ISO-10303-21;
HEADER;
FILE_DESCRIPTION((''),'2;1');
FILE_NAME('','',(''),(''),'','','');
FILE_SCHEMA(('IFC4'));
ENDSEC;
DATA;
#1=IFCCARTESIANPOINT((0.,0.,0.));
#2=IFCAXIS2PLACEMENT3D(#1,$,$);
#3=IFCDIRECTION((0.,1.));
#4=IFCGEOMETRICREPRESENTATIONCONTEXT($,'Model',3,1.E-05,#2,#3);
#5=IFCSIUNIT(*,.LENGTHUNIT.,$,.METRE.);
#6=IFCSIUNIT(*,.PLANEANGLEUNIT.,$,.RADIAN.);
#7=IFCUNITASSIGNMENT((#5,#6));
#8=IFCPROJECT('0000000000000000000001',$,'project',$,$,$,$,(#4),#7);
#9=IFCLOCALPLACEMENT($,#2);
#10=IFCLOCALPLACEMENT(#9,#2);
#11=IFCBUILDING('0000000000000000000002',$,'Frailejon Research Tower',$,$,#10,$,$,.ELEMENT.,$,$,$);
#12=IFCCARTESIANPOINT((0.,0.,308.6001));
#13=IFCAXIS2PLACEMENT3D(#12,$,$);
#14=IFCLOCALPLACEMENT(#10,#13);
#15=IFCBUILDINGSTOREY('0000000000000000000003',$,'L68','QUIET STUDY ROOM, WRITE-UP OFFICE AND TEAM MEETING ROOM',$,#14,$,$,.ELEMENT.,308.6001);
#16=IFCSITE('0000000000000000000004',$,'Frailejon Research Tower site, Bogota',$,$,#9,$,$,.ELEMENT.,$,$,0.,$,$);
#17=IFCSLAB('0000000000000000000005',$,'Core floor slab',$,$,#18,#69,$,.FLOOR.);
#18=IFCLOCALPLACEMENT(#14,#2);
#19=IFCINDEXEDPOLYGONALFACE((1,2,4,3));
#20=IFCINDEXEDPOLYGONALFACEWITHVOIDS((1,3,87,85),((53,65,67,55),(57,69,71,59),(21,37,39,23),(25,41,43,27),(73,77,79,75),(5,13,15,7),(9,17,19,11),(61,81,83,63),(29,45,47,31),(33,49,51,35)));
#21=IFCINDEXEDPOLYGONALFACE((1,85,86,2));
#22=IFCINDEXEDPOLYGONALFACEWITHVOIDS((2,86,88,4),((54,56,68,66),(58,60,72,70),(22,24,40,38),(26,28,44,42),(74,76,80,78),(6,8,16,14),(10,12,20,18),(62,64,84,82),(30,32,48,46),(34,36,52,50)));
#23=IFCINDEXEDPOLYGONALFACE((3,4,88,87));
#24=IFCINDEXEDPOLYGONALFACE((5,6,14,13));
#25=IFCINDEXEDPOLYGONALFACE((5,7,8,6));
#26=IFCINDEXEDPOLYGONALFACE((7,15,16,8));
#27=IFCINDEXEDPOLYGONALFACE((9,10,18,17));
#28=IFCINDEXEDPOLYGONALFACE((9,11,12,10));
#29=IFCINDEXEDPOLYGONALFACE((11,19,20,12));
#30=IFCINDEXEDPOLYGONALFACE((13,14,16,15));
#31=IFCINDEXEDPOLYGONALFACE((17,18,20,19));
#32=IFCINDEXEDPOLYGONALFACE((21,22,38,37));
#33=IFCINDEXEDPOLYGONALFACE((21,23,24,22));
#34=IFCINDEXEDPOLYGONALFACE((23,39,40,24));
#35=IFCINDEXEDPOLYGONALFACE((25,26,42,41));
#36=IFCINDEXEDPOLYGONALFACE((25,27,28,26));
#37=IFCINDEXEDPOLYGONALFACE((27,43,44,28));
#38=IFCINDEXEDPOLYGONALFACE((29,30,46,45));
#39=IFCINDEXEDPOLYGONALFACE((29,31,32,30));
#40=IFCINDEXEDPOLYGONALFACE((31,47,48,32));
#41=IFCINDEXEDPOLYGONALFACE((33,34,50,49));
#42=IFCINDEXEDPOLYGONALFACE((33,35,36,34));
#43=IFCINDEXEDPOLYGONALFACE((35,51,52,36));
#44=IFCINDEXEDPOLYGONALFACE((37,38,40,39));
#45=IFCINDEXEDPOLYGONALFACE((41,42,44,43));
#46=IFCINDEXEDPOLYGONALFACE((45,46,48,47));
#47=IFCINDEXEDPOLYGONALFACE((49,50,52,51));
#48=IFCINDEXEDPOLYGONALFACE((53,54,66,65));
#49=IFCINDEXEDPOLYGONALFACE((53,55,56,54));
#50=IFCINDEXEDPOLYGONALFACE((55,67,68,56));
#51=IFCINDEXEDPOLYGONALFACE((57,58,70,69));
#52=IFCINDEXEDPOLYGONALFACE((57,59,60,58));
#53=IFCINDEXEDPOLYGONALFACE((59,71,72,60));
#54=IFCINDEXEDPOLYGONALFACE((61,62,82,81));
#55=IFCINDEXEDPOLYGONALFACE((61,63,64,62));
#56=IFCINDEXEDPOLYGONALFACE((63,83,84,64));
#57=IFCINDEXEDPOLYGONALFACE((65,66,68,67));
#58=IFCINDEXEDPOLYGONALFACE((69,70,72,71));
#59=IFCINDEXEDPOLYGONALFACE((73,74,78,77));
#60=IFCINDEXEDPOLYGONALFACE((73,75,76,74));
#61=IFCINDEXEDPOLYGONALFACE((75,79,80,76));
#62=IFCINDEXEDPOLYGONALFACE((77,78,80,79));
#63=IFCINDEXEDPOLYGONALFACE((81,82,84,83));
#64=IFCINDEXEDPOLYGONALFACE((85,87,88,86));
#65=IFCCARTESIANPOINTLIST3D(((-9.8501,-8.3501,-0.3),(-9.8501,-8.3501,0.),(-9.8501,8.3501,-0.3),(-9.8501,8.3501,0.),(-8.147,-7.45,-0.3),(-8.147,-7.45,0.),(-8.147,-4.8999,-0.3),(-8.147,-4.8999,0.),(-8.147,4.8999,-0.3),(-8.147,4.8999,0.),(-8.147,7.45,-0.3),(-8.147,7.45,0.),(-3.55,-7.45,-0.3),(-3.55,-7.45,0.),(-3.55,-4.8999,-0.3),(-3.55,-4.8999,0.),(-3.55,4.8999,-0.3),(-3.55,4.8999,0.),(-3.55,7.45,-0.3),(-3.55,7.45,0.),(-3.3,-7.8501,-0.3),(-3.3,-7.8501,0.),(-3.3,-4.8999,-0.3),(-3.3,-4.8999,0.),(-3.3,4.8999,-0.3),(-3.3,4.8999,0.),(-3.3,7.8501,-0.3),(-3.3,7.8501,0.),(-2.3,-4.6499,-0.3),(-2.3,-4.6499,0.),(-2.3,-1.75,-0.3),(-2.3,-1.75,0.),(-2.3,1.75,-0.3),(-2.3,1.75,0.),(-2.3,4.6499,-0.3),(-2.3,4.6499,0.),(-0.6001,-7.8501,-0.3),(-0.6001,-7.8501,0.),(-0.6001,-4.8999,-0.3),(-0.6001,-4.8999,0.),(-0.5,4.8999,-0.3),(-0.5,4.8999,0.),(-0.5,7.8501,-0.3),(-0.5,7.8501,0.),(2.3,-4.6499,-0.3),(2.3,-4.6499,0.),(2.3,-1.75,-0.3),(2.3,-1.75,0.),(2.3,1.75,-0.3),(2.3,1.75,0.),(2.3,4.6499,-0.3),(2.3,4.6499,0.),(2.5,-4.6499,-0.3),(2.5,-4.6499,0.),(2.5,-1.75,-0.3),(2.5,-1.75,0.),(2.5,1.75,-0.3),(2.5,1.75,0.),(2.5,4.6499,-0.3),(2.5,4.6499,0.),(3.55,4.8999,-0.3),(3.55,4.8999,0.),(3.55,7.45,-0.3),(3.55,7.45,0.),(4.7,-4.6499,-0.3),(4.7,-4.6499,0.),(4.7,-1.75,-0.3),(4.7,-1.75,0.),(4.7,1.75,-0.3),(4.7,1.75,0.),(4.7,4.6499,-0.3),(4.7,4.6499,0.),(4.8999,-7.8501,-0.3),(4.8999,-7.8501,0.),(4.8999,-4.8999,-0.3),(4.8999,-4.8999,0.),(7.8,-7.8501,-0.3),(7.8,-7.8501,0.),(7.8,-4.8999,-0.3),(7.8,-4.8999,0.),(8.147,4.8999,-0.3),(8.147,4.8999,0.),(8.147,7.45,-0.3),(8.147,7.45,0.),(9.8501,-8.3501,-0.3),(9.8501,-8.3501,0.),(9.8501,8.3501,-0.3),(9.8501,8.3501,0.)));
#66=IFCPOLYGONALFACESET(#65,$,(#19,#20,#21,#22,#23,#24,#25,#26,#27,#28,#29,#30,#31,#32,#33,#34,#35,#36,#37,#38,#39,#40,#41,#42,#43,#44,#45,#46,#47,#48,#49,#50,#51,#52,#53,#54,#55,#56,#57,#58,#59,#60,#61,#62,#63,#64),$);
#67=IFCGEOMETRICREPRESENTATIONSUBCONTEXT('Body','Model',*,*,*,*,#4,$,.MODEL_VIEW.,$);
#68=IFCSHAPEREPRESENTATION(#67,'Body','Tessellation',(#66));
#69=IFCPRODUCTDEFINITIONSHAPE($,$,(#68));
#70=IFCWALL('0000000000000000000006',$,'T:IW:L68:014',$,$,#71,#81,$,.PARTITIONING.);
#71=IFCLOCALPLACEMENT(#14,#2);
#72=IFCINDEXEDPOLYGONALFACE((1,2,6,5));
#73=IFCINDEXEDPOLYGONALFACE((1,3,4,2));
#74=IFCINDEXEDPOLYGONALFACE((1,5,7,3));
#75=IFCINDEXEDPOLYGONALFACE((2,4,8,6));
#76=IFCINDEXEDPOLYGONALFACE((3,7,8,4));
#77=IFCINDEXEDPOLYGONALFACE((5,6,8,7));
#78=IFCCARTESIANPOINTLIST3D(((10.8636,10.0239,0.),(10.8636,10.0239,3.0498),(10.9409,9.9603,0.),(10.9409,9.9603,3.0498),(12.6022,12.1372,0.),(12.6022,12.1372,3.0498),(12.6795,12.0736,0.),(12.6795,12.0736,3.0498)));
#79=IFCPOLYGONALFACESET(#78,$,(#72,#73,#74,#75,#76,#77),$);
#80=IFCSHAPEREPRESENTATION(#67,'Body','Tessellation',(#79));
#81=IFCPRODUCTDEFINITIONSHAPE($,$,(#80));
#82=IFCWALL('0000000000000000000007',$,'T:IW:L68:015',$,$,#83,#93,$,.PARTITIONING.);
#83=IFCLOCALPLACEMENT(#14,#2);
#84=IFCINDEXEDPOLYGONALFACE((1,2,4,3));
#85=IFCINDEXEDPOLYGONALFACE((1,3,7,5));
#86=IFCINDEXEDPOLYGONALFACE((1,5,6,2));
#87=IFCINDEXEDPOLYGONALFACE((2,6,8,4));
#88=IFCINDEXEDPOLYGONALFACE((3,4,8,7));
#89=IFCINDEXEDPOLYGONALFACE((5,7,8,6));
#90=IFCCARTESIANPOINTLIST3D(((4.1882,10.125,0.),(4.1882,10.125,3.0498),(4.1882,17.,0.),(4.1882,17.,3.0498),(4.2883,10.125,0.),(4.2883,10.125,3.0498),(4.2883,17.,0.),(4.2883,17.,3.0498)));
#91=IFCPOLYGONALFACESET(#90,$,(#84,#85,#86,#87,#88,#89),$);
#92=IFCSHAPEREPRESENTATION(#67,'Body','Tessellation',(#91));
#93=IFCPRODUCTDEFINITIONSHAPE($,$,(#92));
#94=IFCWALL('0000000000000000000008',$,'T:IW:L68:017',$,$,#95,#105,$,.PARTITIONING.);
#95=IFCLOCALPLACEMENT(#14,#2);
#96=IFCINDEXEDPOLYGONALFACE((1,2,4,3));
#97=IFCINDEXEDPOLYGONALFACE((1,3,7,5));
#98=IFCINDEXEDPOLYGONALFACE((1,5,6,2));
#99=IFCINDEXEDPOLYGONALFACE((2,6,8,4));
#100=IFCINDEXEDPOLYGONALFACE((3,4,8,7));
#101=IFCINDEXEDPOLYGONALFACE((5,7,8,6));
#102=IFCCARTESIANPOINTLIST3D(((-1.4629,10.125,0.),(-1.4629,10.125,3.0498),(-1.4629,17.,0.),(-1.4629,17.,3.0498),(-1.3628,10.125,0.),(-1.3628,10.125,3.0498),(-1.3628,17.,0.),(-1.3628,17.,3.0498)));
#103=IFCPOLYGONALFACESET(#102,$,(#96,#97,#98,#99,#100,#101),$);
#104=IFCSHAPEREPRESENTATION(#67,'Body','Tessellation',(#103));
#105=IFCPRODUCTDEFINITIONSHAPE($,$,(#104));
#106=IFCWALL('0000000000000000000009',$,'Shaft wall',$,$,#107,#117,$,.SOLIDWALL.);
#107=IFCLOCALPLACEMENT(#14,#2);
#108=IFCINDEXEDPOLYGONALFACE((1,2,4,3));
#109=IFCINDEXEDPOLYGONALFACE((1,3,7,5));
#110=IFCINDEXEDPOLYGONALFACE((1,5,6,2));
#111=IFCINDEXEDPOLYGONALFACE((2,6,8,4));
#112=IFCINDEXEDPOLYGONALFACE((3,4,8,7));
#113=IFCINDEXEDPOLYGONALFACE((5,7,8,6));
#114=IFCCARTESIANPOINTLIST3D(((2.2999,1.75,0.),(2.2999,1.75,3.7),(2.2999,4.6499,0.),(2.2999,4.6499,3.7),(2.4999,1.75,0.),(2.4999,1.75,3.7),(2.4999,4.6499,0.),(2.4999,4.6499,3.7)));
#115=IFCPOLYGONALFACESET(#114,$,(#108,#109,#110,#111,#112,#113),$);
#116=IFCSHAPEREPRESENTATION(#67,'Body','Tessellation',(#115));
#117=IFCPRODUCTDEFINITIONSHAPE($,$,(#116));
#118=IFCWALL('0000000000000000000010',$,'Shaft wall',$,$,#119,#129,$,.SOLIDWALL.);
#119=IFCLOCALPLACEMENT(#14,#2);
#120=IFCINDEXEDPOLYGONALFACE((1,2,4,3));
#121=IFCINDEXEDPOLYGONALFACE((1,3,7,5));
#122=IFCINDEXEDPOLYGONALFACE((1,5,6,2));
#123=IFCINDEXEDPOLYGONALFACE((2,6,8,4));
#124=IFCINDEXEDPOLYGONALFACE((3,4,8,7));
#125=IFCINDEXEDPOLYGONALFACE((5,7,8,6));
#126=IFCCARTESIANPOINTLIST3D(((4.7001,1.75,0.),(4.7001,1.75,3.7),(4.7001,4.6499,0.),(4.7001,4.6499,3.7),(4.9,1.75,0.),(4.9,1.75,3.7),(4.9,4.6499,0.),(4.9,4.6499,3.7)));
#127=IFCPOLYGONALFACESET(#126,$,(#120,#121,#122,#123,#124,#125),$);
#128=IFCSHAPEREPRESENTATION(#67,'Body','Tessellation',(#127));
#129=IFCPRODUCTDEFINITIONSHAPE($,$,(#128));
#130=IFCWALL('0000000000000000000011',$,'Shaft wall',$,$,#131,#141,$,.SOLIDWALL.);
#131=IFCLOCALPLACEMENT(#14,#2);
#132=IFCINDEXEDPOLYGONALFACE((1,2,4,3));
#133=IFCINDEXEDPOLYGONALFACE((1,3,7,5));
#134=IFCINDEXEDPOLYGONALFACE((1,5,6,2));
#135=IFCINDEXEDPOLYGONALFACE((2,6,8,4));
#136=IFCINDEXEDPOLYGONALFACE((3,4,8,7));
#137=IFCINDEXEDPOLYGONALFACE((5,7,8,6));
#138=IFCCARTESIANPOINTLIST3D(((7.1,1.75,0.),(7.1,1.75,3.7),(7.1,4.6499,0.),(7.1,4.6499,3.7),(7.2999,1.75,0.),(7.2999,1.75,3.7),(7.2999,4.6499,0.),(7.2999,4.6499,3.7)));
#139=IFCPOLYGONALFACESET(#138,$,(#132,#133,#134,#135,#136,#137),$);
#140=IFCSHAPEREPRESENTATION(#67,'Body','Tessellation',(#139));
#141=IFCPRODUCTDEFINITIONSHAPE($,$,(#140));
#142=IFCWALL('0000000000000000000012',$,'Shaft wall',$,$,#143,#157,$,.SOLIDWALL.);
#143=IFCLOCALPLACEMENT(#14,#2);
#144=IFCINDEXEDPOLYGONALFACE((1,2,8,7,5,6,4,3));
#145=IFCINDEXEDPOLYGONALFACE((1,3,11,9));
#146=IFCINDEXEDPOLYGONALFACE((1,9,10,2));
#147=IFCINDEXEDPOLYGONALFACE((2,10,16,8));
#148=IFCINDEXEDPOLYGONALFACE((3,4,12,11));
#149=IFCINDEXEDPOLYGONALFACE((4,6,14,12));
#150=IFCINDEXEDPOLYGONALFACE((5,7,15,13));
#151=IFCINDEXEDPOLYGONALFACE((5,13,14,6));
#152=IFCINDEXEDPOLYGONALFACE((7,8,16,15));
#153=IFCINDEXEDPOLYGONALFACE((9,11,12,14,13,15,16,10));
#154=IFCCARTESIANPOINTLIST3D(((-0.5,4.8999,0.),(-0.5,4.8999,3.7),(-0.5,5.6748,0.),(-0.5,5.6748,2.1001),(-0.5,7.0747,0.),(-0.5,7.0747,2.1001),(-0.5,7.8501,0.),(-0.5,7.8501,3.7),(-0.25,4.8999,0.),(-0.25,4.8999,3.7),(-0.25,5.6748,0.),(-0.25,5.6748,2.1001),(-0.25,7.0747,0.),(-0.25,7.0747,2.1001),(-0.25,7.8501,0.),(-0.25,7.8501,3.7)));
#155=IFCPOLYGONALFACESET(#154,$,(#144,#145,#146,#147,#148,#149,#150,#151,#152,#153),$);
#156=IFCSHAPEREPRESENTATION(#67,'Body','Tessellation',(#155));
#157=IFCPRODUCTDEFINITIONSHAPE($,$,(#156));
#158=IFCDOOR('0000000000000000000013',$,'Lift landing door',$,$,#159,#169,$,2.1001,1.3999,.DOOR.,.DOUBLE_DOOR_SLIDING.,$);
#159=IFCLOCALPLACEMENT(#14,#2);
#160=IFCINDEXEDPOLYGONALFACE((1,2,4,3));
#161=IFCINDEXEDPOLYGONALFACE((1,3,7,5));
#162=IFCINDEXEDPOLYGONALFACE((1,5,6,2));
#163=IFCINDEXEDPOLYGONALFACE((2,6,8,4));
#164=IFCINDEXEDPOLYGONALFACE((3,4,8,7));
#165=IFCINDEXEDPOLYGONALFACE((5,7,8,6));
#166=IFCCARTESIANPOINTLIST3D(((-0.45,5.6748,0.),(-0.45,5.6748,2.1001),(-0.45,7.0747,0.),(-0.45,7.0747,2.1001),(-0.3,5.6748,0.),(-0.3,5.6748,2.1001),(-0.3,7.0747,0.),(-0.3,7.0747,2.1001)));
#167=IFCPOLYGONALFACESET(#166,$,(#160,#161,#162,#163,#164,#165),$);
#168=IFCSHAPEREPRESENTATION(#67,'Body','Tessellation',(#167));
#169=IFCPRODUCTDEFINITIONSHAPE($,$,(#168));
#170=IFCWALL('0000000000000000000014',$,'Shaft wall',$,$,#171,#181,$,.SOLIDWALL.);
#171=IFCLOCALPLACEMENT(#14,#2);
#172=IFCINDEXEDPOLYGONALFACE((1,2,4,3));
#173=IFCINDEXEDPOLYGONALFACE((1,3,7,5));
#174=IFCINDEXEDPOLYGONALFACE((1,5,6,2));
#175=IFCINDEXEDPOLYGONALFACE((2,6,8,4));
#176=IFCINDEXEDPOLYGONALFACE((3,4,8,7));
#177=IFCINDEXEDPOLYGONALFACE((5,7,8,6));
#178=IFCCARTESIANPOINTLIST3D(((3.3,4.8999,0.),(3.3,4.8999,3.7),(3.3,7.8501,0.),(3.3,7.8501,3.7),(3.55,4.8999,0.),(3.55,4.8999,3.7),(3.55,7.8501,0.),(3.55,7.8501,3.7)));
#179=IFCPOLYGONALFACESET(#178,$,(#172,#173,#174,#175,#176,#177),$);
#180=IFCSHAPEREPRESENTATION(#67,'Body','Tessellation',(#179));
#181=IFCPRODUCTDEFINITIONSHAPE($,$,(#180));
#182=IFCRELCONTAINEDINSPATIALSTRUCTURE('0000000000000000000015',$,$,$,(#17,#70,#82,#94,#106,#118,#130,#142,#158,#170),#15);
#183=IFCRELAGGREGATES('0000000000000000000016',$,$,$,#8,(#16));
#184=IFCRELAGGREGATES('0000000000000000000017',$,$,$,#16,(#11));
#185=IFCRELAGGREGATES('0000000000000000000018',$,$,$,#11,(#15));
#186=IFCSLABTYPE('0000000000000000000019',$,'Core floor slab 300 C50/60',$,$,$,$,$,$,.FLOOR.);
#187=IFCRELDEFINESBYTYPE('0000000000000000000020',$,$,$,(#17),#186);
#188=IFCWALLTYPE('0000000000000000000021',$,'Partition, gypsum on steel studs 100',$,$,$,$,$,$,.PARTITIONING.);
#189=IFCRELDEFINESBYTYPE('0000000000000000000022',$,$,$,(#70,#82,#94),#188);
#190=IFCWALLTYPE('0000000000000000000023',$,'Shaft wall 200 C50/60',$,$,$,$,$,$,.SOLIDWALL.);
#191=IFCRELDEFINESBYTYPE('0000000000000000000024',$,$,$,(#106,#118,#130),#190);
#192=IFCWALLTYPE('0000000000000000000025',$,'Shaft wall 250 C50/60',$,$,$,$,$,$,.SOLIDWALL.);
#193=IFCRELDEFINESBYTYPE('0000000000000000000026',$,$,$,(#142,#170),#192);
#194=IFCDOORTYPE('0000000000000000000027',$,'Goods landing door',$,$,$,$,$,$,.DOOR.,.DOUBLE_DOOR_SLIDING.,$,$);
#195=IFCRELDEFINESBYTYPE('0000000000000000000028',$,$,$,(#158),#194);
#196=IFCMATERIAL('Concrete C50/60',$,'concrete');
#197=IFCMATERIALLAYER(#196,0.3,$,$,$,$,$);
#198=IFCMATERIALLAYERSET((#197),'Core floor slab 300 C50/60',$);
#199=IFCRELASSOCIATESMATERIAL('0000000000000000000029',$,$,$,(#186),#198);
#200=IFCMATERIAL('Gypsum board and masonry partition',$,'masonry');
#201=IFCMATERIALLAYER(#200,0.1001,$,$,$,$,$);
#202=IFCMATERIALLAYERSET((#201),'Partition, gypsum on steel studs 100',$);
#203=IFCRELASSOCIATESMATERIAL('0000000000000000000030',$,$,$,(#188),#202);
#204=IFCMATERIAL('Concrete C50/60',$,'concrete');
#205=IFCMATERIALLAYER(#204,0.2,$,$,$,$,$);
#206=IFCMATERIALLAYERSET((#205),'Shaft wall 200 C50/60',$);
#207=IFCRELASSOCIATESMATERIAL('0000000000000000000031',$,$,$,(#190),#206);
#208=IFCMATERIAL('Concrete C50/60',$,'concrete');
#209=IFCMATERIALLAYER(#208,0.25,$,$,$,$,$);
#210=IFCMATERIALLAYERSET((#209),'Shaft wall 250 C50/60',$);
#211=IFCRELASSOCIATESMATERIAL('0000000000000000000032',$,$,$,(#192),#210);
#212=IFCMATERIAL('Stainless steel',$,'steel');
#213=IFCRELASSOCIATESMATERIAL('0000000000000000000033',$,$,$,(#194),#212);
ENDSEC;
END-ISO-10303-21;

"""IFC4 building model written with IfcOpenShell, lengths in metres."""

from ifc_helpers import new_model, si_unit, direction, frame, frame_2d, origin, place, context, subcontext, project, spatial, polyline, rectangle, outline, extrude, material, layer, layer_set, type_object, element, fill, save


model = new_model("IFC4")

# Units and contexts
model_context = context("Model", 3, precision=1e-05, world=origin(), true_north=direction((0.0, 1.0)))
body_context = subcontext(model_context, "Body", "Model", "MODEL_VIEW")
ifc_project = project(units=[si_unit("LENGTHUNIT", "METRE"), si_unit("PLANEANGLEUNIT", "RADIAN")], contexts=[model_context])

# Site, building, storey
site_placement = place(None, origin())
site = spatial("IfcSite", under=ifc_project, at=site_placement, Name="Frailejon Research Tower site, Bogota", CompositionType="ELEMENT", RefElevation=0.0)
building_placement = place(site_placement, origin())
building = spatial("IfcBuilding", under=site, at=building_placement, Name="Frailejon Research Tower", CompositionType="ELEMENT")
storey_placement = place(building_placement, frame((0.0, 0.0, 308.6001)))
storey = spatial("IfcBuildingStorey", under=building, at=storey_placement, Name="L68", Description="QUIET STUDY ROOM, WRITE-UP OFFICE AND TEAM MEETING ROOM", CompositionType="ELEMENT", Elevation=308.6001)

# Slab
ifc_material_1 = material(Name="Concrete C50/60", Category="concrete")
ifc_layer_1 = layer(ifc_material_1, 0.3)
ifc_layer_set_1 = layer_set([ifc_layer_1], Name="Core floor slab 300 C50/60")
slab_type = type_object("IfcSlabType", Name="Core floor slab 300 C50/60", PredefinedType="FLOOR", material=ifc_layer_set_1)
slab_placement = place(storey_placement, frame((0.0, 0.0, -0.3)))
element("IfcSlab", 1, at=slab_placement, inside=storey, type_object=slab_type, Name="Core floor slab", PredefinedType="FLOOR", context=body_context, shape_type="SweptSolid", body=[
    extrude(outline(polyline([(9.8501, -8.3501), (9.8501, 8.3501), (-9.8501, 8.3501), (-9.8501, -8.3501), (9.8501, -8.3501)]), holes=[polyline([(2.3, 1.75), (2.3, 4.6499), (-2.3, 4.6499), (-2.3, 1.75), (2.3, 1.75)]), polyline([(4.7, 1.75), (4.7, 4.6499), (2.5, 4.6499), (2.5, 1.75), (4.7, 1.75)]), polyline([(2.3, -4.6499), (2.3, -1.75), (-2.3, -1.75), (-2.3, -4.6499), (2.3, -4.6499)]), polyline([(4.7, -4.6499), (4.7, -1.75), (2.5, -1.75), (2.5, -4.6499), (4.7, -4.6499)]), polyline([(-8.147, 4.8999), (-3.55, 4.8999), (-3.55, 7.45), (-8.147, 7.45), (-8.147, 4.8999)]), polyline([(-8.147, -7.45), (-3.55, -7.45), (-3.55, -4.8999), (-8.147, -4.8999), (-8.147, -7.45)]), polyline([(8.147, 7.45), (3.55, 7.45), (3.55, 4.8999), (8.147, 4.8999), (8.147, 7.45)]), polyline([(-0.6001, -7.8501), (-0.6001, -4.8999), (-3.3, -4.8999), (-3.3, -7.8501), (-0.6001, -7.8501)]), polyline([(7.8, -7.8501), (7.8, -4.8999), (4.8999, -4.8999), (4.8999, -7.8501), (7.8, -7.8501)]), polyline([(-0.5, 4.8999), (-0.5, 7.8501), (-3.3, 7.8501), (-3.3, 4.8999), (-0.5, 4.8999)])]), origin(), (0.0, 0.0, 1.0), 0.3),
])

# Walls
ifc_material_2 = material(Name="Gypsum board and masonry partition", Category="masonry")
ifc_layer_2 = layer(ifc_material_2, 0.1001)
ifc_layer_set_2 = layer_set([ifc_layer_2], Name="Partition, gypsum on steel studs 100")
wall_type_1 = type_object("IfcWallType", Name="Partition, gypsum on steel studs 100", PredefinedType="PARTITIONING", material=ifc_layer_set_2)
wall_1_placement = place(storey_placement, frame((10.9023, 9.9922, 0.0), z_axis=(0.0, 0.0, 1.0), x_axis=(0.63531, 0.772257, 0.0)))
element("IfcWall", 2, at=wall_1_placement, inside=storey, type_object=wall_type_1, Name="T:IW:L68:014", PredefinedType="PARTITIONING", context=body_context, shape_type="SweptSolid", body=[
    extrude(rectangle(XDim=2.7366, YDim=0.1001, at=frame_2d((1.3682, 0.0))), origin(), (0.0, 0.0, 1.0), 3.0498),
])
for number, where, z_axis, x_axis, name in (
    (3, (4.2383, 10.125, 0.0), (0.0, 0.0, 1.0), (0.0, 1.0, 0.0), "T:IW:L68:015"),
    (4, (-1.4128, 10.125, 0.0), (0.0, 0.0, 1.0), (0.0, 1.0, 0.0), "T:IW:L68:017"),
):
    element("IfcWall", number, at=place(storey_placement, frame(where, z_axis=z_axis, x_axis=x_axis)), inside=storey, type_object=wall_type_1, Name=name, PredefinedType="PARTITIONING", context=body_context, shape_type="SweptSolid", body=[
        extrude(rectangle(XDim=6.875, YDim=0.1001, at=frame_2d((3.4375, 0.0))), origin(), (0.0, 0.0, 1.0), 3.0498),
    ])
ifc_material_3 = material(Name="Concrete C50/60", Category="concrete")
ifc_layer_3 = layer(ifc_material_3, 0.2)
ifc_layer_set_3 = layer_set([ifc_layer_3], Name="Shaft wall 200 C50/60")
wall_type_2 = type_object("IfcWallType", Name="Shaft wall 200 C50/60", PredefinedType="SOLIDWALL", material=ifc_layer_set_3)
for number, where, z_axis, x_axis, name in (
    (5, (2.3999, 1.75, 0.0), (0.0, 0.0, 1.0), (0.0, 1.0, 0.0), "Shaft wall"),
    (6, (4.8, 1.75, 0.0), (0.0, 0.0, 1.0), (0.0, 1.0, 0.0), "Shaft wall"),
    (7, (7.2, 1.75, 0.0), (0.0, 0.0, 1.0), (0.0, 1.0, 0.0), "Shaft wall"),
):
    element("IfcWall", number, at=place(storey_placement, frame(where, z_axis=z_axis, x_axis=x_axis)), inside=storey, type_object=wall_type_2, Name=name, PredefinedType="SOLIDWALL", context=body_context, shape_type="SweptSolid", body=[
        extrude(rectangle(XDim=2.8999, YDim=0.2, at=frame_2d((1.45, 0.0))), origin(), (0.0, 0.0, 1.0), 3.7),
    ])

# Wall, opening, door
ifc_material_4 = material(Name="Concrete C50/60", Category="concrete")
ifc_layer_4 = layer(ifc_material_4, 0.25)
ifc_layer_set_4 = layer_set([ifc_layer_4], Name="Shaft wall 250 C50/60")
wall_type_3 = type_object("IfcWallType", Name="Shaft wall 250 C50/60", PredefinedType="SOLIDWALL", material=ifc_layer_set_4)
wall_2_placement = place(storey_placement, frame((-0.375, 4.8999, 0.0), z_axis=(0.0, 0.0, 1.0), x_axis=(0.0, 1.0, 0.0)))
wall_2 = element("IfcWall", 8, at=wall_2_placement, inside=storey, type_object=wall_type_3, Name="Shaft wall", PredefinedType="SOLIDWALL", context=body_context, shape_type="SweptSolid", body=[
    extrude(rectangle(XDim=2.9502, YDim=0.25, at=frame_2d((1.4751, 0.0))), origin(), (0.0, 0.0, 1.0), 3.7),
])
opening_placement = place(wall_2_placement, frame((0.7749, 0.0, 0.0)))
opening = element("IfcOpeningElement", 9, at=opening_placement, cuts=wall_2, PredefinedType="OPENING", context=body_context, shape_type="SweptSolid", body=[
    extrude(rectangle(XDim=1.3999, YDim=2.1001, at=frame_2d((0.7, 1.05))), frame((0.0, 0.135, 0.0), z_axis=(0.0, -1.0, 0.0), x_axis=(1.0, 0.0, 0.0)), (0.0, 0.0, 1.0), 0.27),
])
ifc_material_5 = material(Name="Stainless steel", Category="steel")
door_type = type_object("IfcDoorType", Name="Goods landing door", OperationType="DOUBLE_DOOR_SLIDING", PredefinedType="DOOR", material=ifc_material_5)
door_placement = place(opening_placement, origin())
door = element("IfcDoor", 10, at=door_placement, inside=storey, type_object=door_type, Name="Lift landing door", OperationType="DOUBLE_DOOR_SLIDING", OverallHeight=2.1001, OverallWidth=1.3999, PredefinedType="DOOR", context=body_context, shape_type="SweptSolid", body=[
    extrude(rectangle(XDim=1.3999, YDim=2.1001, at=frame_2d((0.7, 1.05))), frame((0.0, 0.075, 0.0), z_axis=(0.0, -1.0, 0.0), x_axis=(1.0, 0.0, 0.0)), (0.0, 0.0, 1.0), 0.1499),
])
fill(opening, door)

# Wall
wall_3_placement = place(storey_placement, frame((3.425, 4.8999, 0.0), z_axis=(0.0, 0.0, 1.0), x_axis=(0.0, 1.0, 0.0)))
element("IfcWall", 11, at=wall_3_placement, inside=storey, type_object=wall_type_3, Name="Shaft wall", PredefinedType="SOLIDWALL", context=body_context, shape_type="SweptSolid", body=[
    extrude(rectangle(XDim=2.9502, YDim=0.25, at=frame_2d((1.4751, 0.0))), origin(), (0.0, 0.0, 1.0), 3.7),
])

save(model, "model.ifc")
